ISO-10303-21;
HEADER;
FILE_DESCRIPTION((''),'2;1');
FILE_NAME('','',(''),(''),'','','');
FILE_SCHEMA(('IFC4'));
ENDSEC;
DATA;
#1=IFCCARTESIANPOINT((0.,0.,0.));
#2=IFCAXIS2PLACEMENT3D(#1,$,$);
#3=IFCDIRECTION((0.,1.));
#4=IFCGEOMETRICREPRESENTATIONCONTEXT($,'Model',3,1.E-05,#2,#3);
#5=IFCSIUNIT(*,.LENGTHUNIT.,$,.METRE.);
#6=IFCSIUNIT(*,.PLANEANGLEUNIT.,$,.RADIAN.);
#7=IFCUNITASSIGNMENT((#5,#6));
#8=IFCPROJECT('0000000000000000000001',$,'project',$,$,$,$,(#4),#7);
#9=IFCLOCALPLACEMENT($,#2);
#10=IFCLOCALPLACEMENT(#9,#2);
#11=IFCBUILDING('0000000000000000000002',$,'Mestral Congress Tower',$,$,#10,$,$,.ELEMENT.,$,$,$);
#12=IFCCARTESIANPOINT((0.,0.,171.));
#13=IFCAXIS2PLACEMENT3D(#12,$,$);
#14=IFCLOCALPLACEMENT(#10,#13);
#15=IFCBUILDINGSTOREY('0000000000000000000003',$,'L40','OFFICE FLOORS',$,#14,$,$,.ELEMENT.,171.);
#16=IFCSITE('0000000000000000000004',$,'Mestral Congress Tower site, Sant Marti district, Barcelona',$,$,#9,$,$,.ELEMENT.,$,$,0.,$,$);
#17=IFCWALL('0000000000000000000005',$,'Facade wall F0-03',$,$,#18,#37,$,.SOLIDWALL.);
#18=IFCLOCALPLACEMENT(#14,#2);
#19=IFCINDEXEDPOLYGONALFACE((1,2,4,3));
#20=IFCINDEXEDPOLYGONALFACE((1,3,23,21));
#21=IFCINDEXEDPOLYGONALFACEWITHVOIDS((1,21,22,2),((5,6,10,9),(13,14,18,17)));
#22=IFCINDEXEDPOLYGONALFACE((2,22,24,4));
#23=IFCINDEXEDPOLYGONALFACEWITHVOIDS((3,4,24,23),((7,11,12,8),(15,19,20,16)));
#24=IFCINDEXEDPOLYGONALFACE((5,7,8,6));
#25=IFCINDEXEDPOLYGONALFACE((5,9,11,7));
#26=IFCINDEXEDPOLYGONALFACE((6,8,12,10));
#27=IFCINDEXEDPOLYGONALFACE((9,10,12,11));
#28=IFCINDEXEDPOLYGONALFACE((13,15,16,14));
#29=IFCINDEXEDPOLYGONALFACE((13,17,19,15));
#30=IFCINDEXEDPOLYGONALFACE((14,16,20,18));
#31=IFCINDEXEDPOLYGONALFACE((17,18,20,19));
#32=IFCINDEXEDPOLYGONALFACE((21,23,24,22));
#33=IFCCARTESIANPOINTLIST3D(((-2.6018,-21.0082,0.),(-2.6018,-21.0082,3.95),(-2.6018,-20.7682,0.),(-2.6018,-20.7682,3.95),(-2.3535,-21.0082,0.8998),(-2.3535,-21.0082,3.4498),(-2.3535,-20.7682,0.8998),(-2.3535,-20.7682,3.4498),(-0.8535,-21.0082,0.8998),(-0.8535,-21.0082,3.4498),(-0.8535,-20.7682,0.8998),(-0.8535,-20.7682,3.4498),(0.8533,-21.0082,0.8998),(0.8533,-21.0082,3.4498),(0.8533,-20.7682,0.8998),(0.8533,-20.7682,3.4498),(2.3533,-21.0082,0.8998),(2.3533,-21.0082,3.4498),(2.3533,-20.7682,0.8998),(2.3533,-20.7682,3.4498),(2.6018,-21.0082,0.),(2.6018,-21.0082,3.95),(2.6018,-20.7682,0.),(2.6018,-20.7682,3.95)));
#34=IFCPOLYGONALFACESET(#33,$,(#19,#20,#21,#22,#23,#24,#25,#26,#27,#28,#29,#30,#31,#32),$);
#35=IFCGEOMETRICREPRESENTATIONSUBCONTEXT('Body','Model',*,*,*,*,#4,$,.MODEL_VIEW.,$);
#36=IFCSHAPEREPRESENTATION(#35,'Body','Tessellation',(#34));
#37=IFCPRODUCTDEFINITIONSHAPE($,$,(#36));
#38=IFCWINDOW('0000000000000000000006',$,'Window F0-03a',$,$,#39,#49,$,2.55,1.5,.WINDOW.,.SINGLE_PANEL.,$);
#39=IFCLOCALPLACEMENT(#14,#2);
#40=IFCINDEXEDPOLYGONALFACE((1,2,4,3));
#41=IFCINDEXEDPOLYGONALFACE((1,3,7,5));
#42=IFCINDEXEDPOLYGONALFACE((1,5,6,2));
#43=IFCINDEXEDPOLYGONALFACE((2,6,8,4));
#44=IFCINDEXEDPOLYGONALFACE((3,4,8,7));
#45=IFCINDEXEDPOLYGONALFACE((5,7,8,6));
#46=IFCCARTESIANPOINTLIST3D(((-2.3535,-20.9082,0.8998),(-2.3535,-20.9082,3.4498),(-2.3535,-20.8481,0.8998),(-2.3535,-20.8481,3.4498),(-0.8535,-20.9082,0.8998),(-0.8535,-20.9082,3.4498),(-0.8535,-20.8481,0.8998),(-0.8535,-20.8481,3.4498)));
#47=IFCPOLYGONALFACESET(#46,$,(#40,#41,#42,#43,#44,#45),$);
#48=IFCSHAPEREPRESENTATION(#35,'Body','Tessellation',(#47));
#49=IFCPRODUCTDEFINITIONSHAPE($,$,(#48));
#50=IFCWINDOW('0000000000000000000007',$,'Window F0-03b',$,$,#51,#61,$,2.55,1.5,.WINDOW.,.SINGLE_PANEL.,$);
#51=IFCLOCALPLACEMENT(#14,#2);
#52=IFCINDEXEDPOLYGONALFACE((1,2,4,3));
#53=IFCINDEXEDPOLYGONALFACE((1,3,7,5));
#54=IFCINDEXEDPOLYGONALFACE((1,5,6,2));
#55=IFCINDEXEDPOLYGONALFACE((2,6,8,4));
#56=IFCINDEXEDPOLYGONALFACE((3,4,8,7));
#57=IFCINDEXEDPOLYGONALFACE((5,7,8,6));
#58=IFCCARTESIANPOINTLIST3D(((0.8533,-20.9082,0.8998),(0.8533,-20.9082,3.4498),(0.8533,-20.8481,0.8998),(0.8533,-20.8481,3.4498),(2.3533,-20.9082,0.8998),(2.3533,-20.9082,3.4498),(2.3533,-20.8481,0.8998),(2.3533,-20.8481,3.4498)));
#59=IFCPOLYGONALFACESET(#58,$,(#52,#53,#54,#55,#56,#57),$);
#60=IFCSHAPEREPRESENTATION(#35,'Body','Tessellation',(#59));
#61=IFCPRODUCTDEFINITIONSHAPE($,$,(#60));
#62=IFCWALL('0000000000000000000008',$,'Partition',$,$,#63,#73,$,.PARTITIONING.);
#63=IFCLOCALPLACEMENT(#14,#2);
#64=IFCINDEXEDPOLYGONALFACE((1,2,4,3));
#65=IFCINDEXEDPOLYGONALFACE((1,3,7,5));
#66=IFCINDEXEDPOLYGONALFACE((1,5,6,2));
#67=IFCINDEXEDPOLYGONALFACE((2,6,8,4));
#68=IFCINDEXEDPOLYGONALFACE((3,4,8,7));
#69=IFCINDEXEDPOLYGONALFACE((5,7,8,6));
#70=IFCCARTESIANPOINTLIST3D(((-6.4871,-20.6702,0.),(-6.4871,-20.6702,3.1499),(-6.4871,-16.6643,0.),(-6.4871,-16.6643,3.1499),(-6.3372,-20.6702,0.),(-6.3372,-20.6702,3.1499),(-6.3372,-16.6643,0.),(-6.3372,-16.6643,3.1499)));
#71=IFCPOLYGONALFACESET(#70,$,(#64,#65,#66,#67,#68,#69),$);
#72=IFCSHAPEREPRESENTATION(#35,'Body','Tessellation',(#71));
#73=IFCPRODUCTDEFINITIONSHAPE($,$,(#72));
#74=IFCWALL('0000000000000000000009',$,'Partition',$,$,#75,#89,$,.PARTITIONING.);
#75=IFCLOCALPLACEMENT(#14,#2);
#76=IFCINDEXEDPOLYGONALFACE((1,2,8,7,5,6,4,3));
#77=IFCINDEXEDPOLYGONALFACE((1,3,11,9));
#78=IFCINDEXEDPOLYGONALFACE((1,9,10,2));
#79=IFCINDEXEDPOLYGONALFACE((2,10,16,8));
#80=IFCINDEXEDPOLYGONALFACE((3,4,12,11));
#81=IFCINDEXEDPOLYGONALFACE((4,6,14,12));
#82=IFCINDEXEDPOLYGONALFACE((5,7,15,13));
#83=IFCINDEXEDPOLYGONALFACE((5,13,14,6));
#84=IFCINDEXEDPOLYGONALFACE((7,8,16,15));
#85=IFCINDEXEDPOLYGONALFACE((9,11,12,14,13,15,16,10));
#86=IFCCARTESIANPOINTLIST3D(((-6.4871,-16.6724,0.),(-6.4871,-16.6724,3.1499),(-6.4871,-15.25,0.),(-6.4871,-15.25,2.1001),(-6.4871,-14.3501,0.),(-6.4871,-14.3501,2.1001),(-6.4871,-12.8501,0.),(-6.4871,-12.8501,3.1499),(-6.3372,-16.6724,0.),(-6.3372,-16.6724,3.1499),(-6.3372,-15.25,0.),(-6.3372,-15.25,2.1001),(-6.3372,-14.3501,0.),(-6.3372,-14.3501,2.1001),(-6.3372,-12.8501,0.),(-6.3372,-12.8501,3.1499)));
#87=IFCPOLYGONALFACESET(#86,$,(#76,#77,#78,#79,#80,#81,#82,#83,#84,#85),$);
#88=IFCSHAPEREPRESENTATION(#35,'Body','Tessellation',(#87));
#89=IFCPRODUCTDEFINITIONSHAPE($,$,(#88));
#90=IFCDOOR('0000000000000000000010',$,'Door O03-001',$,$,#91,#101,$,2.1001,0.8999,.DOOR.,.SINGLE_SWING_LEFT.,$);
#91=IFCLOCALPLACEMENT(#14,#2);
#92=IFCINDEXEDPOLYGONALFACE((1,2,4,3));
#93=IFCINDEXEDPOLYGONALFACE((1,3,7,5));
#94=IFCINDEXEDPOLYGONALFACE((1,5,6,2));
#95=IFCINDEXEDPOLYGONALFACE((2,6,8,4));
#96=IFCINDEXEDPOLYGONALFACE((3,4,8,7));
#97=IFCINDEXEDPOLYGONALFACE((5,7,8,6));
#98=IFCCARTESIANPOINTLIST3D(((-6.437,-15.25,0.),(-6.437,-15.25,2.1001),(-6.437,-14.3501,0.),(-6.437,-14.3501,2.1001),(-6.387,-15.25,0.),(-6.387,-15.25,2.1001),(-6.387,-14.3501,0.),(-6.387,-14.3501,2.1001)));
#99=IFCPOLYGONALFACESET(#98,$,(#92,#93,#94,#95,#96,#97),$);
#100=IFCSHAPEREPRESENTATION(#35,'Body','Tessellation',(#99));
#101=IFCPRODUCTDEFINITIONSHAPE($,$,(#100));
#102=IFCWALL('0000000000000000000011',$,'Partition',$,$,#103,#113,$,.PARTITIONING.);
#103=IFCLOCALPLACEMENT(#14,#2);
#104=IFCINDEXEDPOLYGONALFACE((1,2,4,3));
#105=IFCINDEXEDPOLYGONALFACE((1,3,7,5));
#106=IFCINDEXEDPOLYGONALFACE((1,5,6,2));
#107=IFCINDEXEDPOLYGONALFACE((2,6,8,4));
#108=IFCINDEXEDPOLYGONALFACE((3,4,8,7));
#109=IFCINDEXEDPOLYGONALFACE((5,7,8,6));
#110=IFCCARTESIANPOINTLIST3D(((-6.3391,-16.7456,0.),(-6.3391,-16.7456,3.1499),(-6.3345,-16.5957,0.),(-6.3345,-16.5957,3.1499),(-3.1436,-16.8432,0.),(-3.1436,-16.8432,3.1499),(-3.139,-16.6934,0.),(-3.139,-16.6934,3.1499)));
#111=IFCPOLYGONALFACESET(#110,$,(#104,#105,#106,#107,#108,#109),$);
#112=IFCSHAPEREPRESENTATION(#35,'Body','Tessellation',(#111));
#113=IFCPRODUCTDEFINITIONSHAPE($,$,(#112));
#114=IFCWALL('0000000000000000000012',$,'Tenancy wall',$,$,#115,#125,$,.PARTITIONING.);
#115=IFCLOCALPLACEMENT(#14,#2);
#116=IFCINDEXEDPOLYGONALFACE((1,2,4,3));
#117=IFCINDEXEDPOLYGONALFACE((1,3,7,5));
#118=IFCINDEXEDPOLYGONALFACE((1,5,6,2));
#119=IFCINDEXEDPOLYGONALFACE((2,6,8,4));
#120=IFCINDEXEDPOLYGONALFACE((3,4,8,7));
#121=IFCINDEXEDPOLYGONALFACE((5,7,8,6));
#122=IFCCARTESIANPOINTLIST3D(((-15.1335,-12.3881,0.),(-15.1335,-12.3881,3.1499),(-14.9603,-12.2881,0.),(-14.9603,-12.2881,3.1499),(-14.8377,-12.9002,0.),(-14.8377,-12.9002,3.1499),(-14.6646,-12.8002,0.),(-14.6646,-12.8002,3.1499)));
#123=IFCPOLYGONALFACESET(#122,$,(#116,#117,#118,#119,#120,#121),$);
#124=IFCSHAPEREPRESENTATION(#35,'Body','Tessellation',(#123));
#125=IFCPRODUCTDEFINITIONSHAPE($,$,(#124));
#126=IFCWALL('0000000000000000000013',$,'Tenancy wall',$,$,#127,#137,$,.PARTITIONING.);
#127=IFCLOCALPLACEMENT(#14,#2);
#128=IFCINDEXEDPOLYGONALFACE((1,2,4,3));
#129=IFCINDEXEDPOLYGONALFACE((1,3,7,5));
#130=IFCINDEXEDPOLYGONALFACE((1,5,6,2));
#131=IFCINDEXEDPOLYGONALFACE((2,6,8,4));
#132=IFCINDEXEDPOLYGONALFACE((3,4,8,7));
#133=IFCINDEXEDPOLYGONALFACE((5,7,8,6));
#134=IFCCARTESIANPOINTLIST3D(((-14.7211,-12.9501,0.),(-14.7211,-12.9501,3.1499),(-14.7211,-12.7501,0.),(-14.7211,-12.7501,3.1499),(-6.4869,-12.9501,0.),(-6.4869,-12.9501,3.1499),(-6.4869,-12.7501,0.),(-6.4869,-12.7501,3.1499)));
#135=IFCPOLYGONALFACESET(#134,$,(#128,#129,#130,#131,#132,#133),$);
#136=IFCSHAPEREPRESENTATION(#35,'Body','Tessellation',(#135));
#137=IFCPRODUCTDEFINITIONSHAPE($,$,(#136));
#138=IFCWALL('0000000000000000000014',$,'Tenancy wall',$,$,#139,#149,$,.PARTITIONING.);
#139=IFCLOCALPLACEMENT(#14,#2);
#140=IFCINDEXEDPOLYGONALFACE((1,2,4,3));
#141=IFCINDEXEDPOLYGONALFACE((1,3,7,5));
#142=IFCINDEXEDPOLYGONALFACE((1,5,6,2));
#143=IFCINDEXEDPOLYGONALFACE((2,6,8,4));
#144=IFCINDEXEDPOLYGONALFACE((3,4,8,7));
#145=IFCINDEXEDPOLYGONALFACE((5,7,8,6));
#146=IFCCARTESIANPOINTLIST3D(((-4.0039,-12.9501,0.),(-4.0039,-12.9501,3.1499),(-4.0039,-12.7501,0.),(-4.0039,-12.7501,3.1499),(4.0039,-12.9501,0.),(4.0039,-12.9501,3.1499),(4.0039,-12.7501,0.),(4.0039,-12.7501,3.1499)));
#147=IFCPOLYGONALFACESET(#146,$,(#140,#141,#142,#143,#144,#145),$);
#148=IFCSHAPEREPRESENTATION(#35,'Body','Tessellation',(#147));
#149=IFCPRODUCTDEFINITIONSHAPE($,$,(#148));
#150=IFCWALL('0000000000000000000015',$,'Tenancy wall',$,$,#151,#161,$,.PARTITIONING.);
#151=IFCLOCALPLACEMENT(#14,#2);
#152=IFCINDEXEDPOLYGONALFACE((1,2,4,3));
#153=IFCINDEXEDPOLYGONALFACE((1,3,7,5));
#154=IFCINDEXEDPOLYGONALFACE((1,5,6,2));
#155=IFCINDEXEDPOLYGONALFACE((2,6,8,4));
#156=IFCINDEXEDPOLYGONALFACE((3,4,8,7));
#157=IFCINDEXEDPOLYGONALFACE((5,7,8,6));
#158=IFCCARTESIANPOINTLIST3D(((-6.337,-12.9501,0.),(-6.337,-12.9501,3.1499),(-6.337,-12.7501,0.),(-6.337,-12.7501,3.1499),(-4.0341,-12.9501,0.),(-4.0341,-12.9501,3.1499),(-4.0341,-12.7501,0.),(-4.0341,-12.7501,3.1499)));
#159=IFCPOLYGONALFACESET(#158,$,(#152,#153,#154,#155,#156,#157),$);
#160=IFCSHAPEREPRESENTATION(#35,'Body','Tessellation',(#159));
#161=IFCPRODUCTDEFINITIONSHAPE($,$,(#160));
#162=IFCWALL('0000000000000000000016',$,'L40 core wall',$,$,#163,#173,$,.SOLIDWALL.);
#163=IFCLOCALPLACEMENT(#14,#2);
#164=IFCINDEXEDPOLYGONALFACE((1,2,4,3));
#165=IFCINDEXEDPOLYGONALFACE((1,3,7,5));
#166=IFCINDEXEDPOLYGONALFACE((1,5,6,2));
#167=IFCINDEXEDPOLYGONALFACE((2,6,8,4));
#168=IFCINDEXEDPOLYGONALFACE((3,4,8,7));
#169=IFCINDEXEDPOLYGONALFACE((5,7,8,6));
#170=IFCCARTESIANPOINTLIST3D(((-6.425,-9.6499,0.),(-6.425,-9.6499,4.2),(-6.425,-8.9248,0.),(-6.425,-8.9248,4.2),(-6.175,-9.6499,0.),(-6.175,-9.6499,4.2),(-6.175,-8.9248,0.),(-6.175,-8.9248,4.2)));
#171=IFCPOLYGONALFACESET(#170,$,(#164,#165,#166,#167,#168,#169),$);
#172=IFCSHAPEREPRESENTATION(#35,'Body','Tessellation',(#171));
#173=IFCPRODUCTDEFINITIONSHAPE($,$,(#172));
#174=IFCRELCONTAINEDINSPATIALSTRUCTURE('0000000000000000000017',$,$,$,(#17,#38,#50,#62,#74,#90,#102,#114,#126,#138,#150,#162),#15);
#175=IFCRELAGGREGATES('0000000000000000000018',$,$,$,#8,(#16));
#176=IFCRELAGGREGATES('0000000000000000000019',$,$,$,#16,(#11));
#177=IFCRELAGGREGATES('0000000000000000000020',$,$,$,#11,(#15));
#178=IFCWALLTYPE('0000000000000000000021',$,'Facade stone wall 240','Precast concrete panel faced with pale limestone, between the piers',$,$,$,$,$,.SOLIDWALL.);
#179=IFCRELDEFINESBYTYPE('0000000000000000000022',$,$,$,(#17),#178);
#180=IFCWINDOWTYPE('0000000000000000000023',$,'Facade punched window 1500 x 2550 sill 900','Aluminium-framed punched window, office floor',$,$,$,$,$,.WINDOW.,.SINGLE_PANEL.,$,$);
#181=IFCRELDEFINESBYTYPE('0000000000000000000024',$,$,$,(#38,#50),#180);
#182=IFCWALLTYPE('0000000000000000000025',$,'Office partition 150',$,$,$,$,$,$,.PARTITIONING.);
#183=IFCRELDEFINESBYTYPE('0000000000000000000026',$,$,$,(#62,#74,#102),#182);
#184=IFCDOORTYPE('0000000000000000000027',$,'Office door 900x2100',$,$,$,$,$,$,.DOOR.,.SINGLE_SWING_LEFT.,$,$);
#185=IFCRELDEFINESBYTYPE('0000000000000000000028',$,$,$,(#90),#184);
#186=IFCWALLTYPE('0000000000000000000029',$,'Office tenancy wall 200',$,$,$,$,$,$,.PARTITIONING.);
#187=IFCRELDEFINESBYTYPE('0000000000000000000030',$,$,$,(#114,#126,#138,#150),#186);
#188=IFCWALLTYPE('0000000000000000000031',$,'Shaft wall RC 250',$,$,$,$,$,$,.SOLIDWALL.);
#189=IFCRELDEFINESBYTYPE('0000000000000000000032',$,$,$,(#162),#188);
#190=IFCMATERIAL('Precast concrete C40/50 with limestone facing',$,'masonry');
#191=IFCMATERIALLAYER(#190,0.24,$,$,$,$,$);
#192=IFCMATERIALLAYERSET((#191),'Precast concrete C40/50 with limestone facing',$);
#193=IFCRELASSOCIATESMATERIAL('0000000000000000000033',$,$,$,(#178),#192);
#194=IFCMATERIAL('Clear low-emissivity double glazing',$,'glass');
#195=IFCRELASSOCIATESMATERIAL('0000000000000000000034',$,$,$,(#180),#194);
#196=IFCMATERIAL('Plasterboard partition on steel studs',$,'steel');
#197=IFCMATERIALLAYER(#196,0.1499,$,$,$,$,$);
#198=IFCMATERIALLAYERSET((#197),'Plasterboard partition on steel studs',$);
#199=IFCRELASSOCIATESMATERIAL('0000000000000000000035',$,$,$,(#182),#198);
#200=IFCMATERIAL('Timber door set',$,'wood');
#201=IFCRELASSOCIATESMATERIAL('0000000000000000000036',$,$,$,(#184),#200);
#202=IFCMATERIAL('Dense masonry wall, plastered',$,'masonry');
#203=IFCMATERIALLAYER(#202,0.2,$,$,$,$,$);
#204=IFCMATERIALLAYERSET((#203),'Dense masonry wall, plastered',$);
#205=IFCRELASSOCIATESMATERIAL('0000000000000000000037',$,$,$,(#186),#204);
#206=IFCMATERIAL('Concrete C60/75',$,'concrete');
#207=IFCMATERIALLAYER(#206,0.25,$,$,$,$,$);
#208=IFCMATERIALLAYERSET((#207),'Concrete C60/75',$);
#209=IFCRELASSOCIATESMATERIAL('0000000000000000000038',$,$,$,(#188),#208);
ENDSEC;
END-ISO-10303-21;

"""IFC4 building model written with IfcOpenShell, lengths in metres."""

from ifc_helpers import new_model, si_unit, direction, frame, frame_2d, origin, place, context, subcontext, project, spatial, rectangle, extrude, material, layer, layer_set, type_object, element, fill, save


model = new_model("IFC4")

# Units and contexts
model_context = context("Model", 3, precision=1e-05, world=origin(), true_north=direction((0.0, 1.0)))
body_context = subcontext(model_context, "Body", "Model", "MODEL_VIEW")
ifc_project = project(units=[si_unit("LENGTHUNIT", "METRE"), si_unit("PLANEANGLEUNIT", "RADIAN")], contexts=[model_context])

# Site, building, storey
site_placement = place(None, origin())
site = spatial("IfcSite", under=ifc_project, at=site_placement, Name="Mestral Congress Tower site, Sant Marti district, Barcelona", CompositionType="ELEMENT", RefElevation=0.0)
building_placement = place(site_placement, origin())
building = spatial("IfcBuilding", under=site, at=building_placement, Name="Mestral Congress Tower", CompositionType="ELEMENT")
storey_placement = place(building_placement, frame((0.0, 0.0, 171.0)))
storey = spatial("IfcBuildingStorey", under=building, at=storey_placement, Name="L40", Description="OFFICE FLOORS", CompositionType="ELEMENT", Elevation=171.0)

# Shared definitions
ifc_material_1 = material(Name="Concrete C60/75", Category="concrete")

# Wall, openings, windows
ifc_material_2 = material(Name="Precast concrete C40/50 with limestone facing", Category="masonry")
ifc_layer_1 = layer(ifc_material_2, 0.24)
ifc_layer_set_1 = layer_set([ifc_layer_1], Name="Precast concrete C40/50 with limestone facing")
wall_type_1 = type_object("IfcWallType", Name="Facade stone wall 240", Description="Precast concrete panel faced with pale limestone, between the piers", PredefinedType="SOLIDWALL", material=ifc_layer_set_1)
ifc_material_3 = material(Name="Clear low-emissivity double glazing", Category="glass")
window_type = type_object("IfcWindowType", Name="Facade punched window 1500 x 2550 sill 900", Description="Aluminium-framed punched window, office floor", PartitioningType="SINGLE_PANEL", PredefinedType="WINDOW", material=ifc_material_3)
wall_1_placement = place(storey_placement, frame((-2.6018, -20.8882, 0.0), z_axis=(0.0, 0.0, 1.0), x_axis=(1.0, 0.0, 0.0)))
wall_1 = element("IfcWall", 1, at=wall_1_placement, inside=storey, type_object=wall_type_1, Name="Facade wall F0-03", PredefinedType="SOLIDWALL", context=body_context, shape_type="SweptSolid", body=[
    extrude(rectangle(XDim=5.2036, YDim=0.24, at=frame_2d((2.6018, 0.0))), origin(), (0.0, 0.0, 1.0), 3.95),
])
opening_1_placement = place(wall_1_placement, frame((0.2483, 0.0, 0.8999)))
opening_1 = element("IfcOpeningElement", 2, at=opening_1_placement, cuts=wall_1, PredefinedType="OPENING", context=body_context, shape_type="SweptSolid", body=[
    extrude(rectangle(XDim=1.5, YDim=2.55, at=frame_2d((0.75, 1.2749))), frame((0.0, 0.1299, 0.0), z_axis=(0.0, -1.0, 0.0), x_axis=(1.0, 0.0, 0.0)), (0.0, 0.0, 1.0), 0.26),
])
opening_2_placement = place(wall_1_placement, frame((3.4551, 0.0, 0.8999)))
opening_2 = element("IfcOpeningElement", 3, at=opening_2_placement, cuts=wall_1, PredefinedType="OPENING", context=body_context, shape_type="SweptSolid", body=[
    extrude(rectangle(XDim=1.5, YDim=2.55, at=frame_2d((0.75, 1.2749))), frame((0.0, 0.1299, 0.0), z_axis=(0.0, -1.0, 0.0), x_axis=(1.0, 0.0, 0.0)), (0.0, 0.0, 1.0), 0.26),
])
window_1_placement = place(opening_1_placement, origin())
window_1 = element("IfcWindow", 4, at=window_1_placement, inside=storey, type_object=window_type, Name="Window F0-03a", OverallHeight=2.55, OverallWidth=1.5, PartitioningType="SINGLE_PANEL", PredefinedType="WINDOW", context=body_context, shape_type="SweptSolid", body=[
    extrude(rectangle(XDim=1.5, YDim=2.55, at=frame_2d((0.75, 1.2749))), frame((0.0, 0.04, 0.0), z_axis=(0.0, -1.0, 0.0), x_axis=(1.0, 0.0, 0.0)), (0.0, 0.0, 1.0), 0.0601),
])
fill(opening_1, window_1)
window_2_placement = place(opening_2_placement, origin())
window_2 = element("IfcWindow", 5, at=window_2_placement, inside=storey, type_object=window_type, Name="Window F0-03b", OverallHeight=2.55, OverallWidth=1.5, PartitioningType="SINGLE_PANEL", PredefinedType="WINDOW", context=body_context, shape_type="SweptSolid", body=[
    extrude(rectangle(XDim=1.5, YDim=2.55, at=frame_2d((0.75, 1.2749))), frame((0.0, 0.04, 0.0), z_axis=(0.0, -1.0, 0.0), x_axis=(1.0, 0.0, 0.0)), (0.0, 0.0, 1.0), 0.0601),
])
fill(opening_2, window_2)

# Wall
ifc_material_4 = material(Name="Plasterboard partition on steel studs", Category="steel")
ifc_layer_2 = layer(ifc_material_4, 0.1499)
ifc_layer_set_2 = layer_set([ifc_layer_2], Name="Plasterboard partition on steel studs")
wall_type_2 = type_object("IfcWallType", Name="Office partition 150", PredefinedType="PARTITIONING", material=ifc_layer_set_2)
wall_2_placement = place(storey_placement, frame((-6.4121, -16.6643, 0.0), z_axis=(0.0, 0.0, 1.0), x_axis=(0.0, -1.0, 0.0)))
element("IfcWall", 6, at=wall_2_placement, inside=storey, type_object=wall_type_2, Name="Partition", PredefinedType="PARTITIONING", context=body_context, shape_type="SweptSolid", body=[
    extrude(rectangle(XDim=4.0059, YDim=0.1499, at=frame_2d((2.0029, 0.0))), origin(), (0.0, 0.0, 1.0), 3.1499),
])

# Wall, opening, door
wall_3_placement = place(storey_placement, frame((-6.4121, -16.6724, 0.0), z_axis=(0.0, 0.0, 1.0), x_axis=(0.0, 1.0, 0.0)))
wall_3 = element("IfcWall", 7, at=wall_3_placement, inside=storey, type_object=wall_type_2, Name="Partition", PredefinedType="PARTITIONING", context=body_context, shape_type="SweptSolid", body=[
    extrude(rectangle(XDim=3.8223, YDim=0.1499, at=frame_2d((1.9111, 0.0))), origin(), (0.0, 0.0, 1.0), 3.1499),
])
opening_3_placement = place(wall_3_placement, frame((1.4224, 0.0, 0.0)))
opening_3 = element("IfcOpeningElement", 8, at=opening_3_placement, cuts=wall_3, PredefinedType="OPENING", context=body_context, shape_type="SweptSolid", body=[
    extrude(rectangle(XDim=0.8999, YDim=2.1001, at=frame_2d((0.45, 1.05))), frame((0.0, 0.085, 0.0), z_axis=(0.0, -1.0, 0.0), x_axis=(1.0, 0.0, 0.0)), (0.0, 0.0, 1.0), 0.1699),
])
ifc_material_5 = material(Name="Timber door set", Category="wood")
door_type = type_object("IfcDoorType", Name="Office door 900x2100", OperationType="SINGLE_SWING_LEFT", PredefinedType="DOOR", material=ifc_material_5)
door_placement = place(opening_3_placement, origin())
door = element("IfcDoor", 9, at=door_placement, inside=storey, type_object=door_type, Name="Door O03-001", OperationType="SINGLE_SWING_LEFT", OverallHeight=2.1001, OverallWidth=0.8999, PredefinedType="DOOR", context=body_context, shape_type="SweptSolid", body=[
    extrude(rectangle(XDim=0.8999, YDim=2.1001, at=frame_2d((0.45, 1.05))), frame((0.0, 0.0249, 0.0), z_axis=(0.0, -1.0, 0.0), x_axis=(1.0, 0.0, 0.0)), (0.0, 0.0, 1.0), 0.05),
])
fill(opening_3, door)

# Walls
wall_4_placement = place(storey_placement, frame((-6.3369, -16.6707, 0.0), z_axis=(0.0, 0.0, 1.0), x_axis=(0.999533, -0.030546, 0.0)))
element("IfcWall", 10, at=wall_4_placement, inside=storey, type_object=wall_type_2, Name="Partition", PredefinedType="PARTITIONING", context=body_context, shape_type="SweptSolid", body=[
    extrude(rectangle(XDim=3.197, YDim=0.1499, at=frame_2d((1.5986, 0.0))), origin(), (0.0, 0.0, 1.0), 3.1499),
])
ifc_material_6 = material(Name="Dense masonry wall, plastered", Category="masonry")
ifc_layer_3 = layer(ifc_material_6, 0.2)
ifc_layer_set_3 = layer_set([ifc_layer_3], Name="Dense masonry wall, plastered")
wall_type_3 = type_object("IfcWallType", Name="Office tenancy wall 200", PredefinedType="PARTITIONING", material=ifc_layer_set_3)
wall_5_placement = place(storey_placement, frame((-15.0469, -12.3381, 0.0), z_axis=(0.0, 0.0, 1.0), x_axis=(0.500092, -0.865972, 0.0)))
element("IfcWall", 11, at=wall_5_placement, inside=storey, type_object=wall_type_3, Name="Tenancy wall", PredefinedType="PARTITIONING", context=body_context, shape_type="SweptSolid", body=[
    extrude(rectangle(XDim=0.5913, YDim=0.2, at=frame_2d((0.2957, 0.0))), origin(), (0.0, 0.0, 1.0), 3.1499),
])
wall_6_placement = place(storey_placement, frame((-14.7212, -12.8501, 0.0), z_axis=(0.0, 0.0, 1.0), x_axis=(1.0, 0.0, 0.0)))
element("IfcWall", 12, at=wall_6_placement, inside=storey, type_object=wall_type_3, Name="Tenancy wall", PredefinedType="PARTITIONING", context=body_context, shape_type="SweptSolid", body=[
    extrude(rectangle(XDim=8.2341, YDim=0.2, at=frame_2d((4.1172, 0.0))), origin(), (0.0, 0.0, 1.0), 3.1499),
])
wall_7_placement = place(storey_placement, frame((-4.0039, -12.8501, 0.0), z_axis=(0.0, 0.0, 1.0), x_axis=(1.0, 0.0, 0.0)))
element("IfcWall", 13, at=wall_7_placement, inside=storey, type_object=wall_type_3, Name="Tenancy wall", PredefinedType="PARTITIONING", context=body_context, shape_type="SweptSolid", body=[
    extrude(rectangle(XDim=8.0078, YDim=0.2, at=frame_2d((4.0039, 0.0))), origin(), (0.0, 0.0, 1.0), 3.1499),
])
wall_8_placement = place(storey_placement, frame((-6.3369, -12.8501, 0.0), z_axis=(0.0, 0.0, 1.0), x_axis=(1.0, 0.0, 0.0)))
element("IfcWall", 14, at=wall_8_placement, inside=storey, type_object=wall_type_3, Name="Tenancy wall", PredefinedType="PARTITIONING", context=body_context, shape_type="SweptSolid", body=[
    extrude(rectangle(XDim=2.303, YDim=0.2, at=frame_2d((1.1514, 0.0))), origin(), (0.0, 0.0, 1.0), 3.1499),
])
ifc_layer_4 = layer(ifc_material_1, 0.25)
ifc_layer_set_4 = layer_set([ifc_layer_4], Name="Concrete C60/75")
wall_type_4 = type_object("IfcWallType", Name="Shaft wall RC 250", PredefinedType="SOLIDWALL", material=ifc_layer_set_4)
wall_9_placement = place(storey_placement, frame((-6.3, -8.9248, 0.0), z_axis=(0.0, 0.0, 1.0), x_axis=(0.0, -1.0, 0.0)))
element("IfcWall", 15, at=wall_9_placement, inside=storey, type_object=wall_type_4, Name="L40 core wall", PredefinedType="SOLIDWALL", context=body_context, shape_type="SweptSolid", body=[
    extrude(rectangle(XDim=0.7251, YDim=0.25, at=frame_2d((0.3625, 0.0))), origin(), (0.0, 0.0, 1.0), 4.2),
])

save(model, "model.ifc")
